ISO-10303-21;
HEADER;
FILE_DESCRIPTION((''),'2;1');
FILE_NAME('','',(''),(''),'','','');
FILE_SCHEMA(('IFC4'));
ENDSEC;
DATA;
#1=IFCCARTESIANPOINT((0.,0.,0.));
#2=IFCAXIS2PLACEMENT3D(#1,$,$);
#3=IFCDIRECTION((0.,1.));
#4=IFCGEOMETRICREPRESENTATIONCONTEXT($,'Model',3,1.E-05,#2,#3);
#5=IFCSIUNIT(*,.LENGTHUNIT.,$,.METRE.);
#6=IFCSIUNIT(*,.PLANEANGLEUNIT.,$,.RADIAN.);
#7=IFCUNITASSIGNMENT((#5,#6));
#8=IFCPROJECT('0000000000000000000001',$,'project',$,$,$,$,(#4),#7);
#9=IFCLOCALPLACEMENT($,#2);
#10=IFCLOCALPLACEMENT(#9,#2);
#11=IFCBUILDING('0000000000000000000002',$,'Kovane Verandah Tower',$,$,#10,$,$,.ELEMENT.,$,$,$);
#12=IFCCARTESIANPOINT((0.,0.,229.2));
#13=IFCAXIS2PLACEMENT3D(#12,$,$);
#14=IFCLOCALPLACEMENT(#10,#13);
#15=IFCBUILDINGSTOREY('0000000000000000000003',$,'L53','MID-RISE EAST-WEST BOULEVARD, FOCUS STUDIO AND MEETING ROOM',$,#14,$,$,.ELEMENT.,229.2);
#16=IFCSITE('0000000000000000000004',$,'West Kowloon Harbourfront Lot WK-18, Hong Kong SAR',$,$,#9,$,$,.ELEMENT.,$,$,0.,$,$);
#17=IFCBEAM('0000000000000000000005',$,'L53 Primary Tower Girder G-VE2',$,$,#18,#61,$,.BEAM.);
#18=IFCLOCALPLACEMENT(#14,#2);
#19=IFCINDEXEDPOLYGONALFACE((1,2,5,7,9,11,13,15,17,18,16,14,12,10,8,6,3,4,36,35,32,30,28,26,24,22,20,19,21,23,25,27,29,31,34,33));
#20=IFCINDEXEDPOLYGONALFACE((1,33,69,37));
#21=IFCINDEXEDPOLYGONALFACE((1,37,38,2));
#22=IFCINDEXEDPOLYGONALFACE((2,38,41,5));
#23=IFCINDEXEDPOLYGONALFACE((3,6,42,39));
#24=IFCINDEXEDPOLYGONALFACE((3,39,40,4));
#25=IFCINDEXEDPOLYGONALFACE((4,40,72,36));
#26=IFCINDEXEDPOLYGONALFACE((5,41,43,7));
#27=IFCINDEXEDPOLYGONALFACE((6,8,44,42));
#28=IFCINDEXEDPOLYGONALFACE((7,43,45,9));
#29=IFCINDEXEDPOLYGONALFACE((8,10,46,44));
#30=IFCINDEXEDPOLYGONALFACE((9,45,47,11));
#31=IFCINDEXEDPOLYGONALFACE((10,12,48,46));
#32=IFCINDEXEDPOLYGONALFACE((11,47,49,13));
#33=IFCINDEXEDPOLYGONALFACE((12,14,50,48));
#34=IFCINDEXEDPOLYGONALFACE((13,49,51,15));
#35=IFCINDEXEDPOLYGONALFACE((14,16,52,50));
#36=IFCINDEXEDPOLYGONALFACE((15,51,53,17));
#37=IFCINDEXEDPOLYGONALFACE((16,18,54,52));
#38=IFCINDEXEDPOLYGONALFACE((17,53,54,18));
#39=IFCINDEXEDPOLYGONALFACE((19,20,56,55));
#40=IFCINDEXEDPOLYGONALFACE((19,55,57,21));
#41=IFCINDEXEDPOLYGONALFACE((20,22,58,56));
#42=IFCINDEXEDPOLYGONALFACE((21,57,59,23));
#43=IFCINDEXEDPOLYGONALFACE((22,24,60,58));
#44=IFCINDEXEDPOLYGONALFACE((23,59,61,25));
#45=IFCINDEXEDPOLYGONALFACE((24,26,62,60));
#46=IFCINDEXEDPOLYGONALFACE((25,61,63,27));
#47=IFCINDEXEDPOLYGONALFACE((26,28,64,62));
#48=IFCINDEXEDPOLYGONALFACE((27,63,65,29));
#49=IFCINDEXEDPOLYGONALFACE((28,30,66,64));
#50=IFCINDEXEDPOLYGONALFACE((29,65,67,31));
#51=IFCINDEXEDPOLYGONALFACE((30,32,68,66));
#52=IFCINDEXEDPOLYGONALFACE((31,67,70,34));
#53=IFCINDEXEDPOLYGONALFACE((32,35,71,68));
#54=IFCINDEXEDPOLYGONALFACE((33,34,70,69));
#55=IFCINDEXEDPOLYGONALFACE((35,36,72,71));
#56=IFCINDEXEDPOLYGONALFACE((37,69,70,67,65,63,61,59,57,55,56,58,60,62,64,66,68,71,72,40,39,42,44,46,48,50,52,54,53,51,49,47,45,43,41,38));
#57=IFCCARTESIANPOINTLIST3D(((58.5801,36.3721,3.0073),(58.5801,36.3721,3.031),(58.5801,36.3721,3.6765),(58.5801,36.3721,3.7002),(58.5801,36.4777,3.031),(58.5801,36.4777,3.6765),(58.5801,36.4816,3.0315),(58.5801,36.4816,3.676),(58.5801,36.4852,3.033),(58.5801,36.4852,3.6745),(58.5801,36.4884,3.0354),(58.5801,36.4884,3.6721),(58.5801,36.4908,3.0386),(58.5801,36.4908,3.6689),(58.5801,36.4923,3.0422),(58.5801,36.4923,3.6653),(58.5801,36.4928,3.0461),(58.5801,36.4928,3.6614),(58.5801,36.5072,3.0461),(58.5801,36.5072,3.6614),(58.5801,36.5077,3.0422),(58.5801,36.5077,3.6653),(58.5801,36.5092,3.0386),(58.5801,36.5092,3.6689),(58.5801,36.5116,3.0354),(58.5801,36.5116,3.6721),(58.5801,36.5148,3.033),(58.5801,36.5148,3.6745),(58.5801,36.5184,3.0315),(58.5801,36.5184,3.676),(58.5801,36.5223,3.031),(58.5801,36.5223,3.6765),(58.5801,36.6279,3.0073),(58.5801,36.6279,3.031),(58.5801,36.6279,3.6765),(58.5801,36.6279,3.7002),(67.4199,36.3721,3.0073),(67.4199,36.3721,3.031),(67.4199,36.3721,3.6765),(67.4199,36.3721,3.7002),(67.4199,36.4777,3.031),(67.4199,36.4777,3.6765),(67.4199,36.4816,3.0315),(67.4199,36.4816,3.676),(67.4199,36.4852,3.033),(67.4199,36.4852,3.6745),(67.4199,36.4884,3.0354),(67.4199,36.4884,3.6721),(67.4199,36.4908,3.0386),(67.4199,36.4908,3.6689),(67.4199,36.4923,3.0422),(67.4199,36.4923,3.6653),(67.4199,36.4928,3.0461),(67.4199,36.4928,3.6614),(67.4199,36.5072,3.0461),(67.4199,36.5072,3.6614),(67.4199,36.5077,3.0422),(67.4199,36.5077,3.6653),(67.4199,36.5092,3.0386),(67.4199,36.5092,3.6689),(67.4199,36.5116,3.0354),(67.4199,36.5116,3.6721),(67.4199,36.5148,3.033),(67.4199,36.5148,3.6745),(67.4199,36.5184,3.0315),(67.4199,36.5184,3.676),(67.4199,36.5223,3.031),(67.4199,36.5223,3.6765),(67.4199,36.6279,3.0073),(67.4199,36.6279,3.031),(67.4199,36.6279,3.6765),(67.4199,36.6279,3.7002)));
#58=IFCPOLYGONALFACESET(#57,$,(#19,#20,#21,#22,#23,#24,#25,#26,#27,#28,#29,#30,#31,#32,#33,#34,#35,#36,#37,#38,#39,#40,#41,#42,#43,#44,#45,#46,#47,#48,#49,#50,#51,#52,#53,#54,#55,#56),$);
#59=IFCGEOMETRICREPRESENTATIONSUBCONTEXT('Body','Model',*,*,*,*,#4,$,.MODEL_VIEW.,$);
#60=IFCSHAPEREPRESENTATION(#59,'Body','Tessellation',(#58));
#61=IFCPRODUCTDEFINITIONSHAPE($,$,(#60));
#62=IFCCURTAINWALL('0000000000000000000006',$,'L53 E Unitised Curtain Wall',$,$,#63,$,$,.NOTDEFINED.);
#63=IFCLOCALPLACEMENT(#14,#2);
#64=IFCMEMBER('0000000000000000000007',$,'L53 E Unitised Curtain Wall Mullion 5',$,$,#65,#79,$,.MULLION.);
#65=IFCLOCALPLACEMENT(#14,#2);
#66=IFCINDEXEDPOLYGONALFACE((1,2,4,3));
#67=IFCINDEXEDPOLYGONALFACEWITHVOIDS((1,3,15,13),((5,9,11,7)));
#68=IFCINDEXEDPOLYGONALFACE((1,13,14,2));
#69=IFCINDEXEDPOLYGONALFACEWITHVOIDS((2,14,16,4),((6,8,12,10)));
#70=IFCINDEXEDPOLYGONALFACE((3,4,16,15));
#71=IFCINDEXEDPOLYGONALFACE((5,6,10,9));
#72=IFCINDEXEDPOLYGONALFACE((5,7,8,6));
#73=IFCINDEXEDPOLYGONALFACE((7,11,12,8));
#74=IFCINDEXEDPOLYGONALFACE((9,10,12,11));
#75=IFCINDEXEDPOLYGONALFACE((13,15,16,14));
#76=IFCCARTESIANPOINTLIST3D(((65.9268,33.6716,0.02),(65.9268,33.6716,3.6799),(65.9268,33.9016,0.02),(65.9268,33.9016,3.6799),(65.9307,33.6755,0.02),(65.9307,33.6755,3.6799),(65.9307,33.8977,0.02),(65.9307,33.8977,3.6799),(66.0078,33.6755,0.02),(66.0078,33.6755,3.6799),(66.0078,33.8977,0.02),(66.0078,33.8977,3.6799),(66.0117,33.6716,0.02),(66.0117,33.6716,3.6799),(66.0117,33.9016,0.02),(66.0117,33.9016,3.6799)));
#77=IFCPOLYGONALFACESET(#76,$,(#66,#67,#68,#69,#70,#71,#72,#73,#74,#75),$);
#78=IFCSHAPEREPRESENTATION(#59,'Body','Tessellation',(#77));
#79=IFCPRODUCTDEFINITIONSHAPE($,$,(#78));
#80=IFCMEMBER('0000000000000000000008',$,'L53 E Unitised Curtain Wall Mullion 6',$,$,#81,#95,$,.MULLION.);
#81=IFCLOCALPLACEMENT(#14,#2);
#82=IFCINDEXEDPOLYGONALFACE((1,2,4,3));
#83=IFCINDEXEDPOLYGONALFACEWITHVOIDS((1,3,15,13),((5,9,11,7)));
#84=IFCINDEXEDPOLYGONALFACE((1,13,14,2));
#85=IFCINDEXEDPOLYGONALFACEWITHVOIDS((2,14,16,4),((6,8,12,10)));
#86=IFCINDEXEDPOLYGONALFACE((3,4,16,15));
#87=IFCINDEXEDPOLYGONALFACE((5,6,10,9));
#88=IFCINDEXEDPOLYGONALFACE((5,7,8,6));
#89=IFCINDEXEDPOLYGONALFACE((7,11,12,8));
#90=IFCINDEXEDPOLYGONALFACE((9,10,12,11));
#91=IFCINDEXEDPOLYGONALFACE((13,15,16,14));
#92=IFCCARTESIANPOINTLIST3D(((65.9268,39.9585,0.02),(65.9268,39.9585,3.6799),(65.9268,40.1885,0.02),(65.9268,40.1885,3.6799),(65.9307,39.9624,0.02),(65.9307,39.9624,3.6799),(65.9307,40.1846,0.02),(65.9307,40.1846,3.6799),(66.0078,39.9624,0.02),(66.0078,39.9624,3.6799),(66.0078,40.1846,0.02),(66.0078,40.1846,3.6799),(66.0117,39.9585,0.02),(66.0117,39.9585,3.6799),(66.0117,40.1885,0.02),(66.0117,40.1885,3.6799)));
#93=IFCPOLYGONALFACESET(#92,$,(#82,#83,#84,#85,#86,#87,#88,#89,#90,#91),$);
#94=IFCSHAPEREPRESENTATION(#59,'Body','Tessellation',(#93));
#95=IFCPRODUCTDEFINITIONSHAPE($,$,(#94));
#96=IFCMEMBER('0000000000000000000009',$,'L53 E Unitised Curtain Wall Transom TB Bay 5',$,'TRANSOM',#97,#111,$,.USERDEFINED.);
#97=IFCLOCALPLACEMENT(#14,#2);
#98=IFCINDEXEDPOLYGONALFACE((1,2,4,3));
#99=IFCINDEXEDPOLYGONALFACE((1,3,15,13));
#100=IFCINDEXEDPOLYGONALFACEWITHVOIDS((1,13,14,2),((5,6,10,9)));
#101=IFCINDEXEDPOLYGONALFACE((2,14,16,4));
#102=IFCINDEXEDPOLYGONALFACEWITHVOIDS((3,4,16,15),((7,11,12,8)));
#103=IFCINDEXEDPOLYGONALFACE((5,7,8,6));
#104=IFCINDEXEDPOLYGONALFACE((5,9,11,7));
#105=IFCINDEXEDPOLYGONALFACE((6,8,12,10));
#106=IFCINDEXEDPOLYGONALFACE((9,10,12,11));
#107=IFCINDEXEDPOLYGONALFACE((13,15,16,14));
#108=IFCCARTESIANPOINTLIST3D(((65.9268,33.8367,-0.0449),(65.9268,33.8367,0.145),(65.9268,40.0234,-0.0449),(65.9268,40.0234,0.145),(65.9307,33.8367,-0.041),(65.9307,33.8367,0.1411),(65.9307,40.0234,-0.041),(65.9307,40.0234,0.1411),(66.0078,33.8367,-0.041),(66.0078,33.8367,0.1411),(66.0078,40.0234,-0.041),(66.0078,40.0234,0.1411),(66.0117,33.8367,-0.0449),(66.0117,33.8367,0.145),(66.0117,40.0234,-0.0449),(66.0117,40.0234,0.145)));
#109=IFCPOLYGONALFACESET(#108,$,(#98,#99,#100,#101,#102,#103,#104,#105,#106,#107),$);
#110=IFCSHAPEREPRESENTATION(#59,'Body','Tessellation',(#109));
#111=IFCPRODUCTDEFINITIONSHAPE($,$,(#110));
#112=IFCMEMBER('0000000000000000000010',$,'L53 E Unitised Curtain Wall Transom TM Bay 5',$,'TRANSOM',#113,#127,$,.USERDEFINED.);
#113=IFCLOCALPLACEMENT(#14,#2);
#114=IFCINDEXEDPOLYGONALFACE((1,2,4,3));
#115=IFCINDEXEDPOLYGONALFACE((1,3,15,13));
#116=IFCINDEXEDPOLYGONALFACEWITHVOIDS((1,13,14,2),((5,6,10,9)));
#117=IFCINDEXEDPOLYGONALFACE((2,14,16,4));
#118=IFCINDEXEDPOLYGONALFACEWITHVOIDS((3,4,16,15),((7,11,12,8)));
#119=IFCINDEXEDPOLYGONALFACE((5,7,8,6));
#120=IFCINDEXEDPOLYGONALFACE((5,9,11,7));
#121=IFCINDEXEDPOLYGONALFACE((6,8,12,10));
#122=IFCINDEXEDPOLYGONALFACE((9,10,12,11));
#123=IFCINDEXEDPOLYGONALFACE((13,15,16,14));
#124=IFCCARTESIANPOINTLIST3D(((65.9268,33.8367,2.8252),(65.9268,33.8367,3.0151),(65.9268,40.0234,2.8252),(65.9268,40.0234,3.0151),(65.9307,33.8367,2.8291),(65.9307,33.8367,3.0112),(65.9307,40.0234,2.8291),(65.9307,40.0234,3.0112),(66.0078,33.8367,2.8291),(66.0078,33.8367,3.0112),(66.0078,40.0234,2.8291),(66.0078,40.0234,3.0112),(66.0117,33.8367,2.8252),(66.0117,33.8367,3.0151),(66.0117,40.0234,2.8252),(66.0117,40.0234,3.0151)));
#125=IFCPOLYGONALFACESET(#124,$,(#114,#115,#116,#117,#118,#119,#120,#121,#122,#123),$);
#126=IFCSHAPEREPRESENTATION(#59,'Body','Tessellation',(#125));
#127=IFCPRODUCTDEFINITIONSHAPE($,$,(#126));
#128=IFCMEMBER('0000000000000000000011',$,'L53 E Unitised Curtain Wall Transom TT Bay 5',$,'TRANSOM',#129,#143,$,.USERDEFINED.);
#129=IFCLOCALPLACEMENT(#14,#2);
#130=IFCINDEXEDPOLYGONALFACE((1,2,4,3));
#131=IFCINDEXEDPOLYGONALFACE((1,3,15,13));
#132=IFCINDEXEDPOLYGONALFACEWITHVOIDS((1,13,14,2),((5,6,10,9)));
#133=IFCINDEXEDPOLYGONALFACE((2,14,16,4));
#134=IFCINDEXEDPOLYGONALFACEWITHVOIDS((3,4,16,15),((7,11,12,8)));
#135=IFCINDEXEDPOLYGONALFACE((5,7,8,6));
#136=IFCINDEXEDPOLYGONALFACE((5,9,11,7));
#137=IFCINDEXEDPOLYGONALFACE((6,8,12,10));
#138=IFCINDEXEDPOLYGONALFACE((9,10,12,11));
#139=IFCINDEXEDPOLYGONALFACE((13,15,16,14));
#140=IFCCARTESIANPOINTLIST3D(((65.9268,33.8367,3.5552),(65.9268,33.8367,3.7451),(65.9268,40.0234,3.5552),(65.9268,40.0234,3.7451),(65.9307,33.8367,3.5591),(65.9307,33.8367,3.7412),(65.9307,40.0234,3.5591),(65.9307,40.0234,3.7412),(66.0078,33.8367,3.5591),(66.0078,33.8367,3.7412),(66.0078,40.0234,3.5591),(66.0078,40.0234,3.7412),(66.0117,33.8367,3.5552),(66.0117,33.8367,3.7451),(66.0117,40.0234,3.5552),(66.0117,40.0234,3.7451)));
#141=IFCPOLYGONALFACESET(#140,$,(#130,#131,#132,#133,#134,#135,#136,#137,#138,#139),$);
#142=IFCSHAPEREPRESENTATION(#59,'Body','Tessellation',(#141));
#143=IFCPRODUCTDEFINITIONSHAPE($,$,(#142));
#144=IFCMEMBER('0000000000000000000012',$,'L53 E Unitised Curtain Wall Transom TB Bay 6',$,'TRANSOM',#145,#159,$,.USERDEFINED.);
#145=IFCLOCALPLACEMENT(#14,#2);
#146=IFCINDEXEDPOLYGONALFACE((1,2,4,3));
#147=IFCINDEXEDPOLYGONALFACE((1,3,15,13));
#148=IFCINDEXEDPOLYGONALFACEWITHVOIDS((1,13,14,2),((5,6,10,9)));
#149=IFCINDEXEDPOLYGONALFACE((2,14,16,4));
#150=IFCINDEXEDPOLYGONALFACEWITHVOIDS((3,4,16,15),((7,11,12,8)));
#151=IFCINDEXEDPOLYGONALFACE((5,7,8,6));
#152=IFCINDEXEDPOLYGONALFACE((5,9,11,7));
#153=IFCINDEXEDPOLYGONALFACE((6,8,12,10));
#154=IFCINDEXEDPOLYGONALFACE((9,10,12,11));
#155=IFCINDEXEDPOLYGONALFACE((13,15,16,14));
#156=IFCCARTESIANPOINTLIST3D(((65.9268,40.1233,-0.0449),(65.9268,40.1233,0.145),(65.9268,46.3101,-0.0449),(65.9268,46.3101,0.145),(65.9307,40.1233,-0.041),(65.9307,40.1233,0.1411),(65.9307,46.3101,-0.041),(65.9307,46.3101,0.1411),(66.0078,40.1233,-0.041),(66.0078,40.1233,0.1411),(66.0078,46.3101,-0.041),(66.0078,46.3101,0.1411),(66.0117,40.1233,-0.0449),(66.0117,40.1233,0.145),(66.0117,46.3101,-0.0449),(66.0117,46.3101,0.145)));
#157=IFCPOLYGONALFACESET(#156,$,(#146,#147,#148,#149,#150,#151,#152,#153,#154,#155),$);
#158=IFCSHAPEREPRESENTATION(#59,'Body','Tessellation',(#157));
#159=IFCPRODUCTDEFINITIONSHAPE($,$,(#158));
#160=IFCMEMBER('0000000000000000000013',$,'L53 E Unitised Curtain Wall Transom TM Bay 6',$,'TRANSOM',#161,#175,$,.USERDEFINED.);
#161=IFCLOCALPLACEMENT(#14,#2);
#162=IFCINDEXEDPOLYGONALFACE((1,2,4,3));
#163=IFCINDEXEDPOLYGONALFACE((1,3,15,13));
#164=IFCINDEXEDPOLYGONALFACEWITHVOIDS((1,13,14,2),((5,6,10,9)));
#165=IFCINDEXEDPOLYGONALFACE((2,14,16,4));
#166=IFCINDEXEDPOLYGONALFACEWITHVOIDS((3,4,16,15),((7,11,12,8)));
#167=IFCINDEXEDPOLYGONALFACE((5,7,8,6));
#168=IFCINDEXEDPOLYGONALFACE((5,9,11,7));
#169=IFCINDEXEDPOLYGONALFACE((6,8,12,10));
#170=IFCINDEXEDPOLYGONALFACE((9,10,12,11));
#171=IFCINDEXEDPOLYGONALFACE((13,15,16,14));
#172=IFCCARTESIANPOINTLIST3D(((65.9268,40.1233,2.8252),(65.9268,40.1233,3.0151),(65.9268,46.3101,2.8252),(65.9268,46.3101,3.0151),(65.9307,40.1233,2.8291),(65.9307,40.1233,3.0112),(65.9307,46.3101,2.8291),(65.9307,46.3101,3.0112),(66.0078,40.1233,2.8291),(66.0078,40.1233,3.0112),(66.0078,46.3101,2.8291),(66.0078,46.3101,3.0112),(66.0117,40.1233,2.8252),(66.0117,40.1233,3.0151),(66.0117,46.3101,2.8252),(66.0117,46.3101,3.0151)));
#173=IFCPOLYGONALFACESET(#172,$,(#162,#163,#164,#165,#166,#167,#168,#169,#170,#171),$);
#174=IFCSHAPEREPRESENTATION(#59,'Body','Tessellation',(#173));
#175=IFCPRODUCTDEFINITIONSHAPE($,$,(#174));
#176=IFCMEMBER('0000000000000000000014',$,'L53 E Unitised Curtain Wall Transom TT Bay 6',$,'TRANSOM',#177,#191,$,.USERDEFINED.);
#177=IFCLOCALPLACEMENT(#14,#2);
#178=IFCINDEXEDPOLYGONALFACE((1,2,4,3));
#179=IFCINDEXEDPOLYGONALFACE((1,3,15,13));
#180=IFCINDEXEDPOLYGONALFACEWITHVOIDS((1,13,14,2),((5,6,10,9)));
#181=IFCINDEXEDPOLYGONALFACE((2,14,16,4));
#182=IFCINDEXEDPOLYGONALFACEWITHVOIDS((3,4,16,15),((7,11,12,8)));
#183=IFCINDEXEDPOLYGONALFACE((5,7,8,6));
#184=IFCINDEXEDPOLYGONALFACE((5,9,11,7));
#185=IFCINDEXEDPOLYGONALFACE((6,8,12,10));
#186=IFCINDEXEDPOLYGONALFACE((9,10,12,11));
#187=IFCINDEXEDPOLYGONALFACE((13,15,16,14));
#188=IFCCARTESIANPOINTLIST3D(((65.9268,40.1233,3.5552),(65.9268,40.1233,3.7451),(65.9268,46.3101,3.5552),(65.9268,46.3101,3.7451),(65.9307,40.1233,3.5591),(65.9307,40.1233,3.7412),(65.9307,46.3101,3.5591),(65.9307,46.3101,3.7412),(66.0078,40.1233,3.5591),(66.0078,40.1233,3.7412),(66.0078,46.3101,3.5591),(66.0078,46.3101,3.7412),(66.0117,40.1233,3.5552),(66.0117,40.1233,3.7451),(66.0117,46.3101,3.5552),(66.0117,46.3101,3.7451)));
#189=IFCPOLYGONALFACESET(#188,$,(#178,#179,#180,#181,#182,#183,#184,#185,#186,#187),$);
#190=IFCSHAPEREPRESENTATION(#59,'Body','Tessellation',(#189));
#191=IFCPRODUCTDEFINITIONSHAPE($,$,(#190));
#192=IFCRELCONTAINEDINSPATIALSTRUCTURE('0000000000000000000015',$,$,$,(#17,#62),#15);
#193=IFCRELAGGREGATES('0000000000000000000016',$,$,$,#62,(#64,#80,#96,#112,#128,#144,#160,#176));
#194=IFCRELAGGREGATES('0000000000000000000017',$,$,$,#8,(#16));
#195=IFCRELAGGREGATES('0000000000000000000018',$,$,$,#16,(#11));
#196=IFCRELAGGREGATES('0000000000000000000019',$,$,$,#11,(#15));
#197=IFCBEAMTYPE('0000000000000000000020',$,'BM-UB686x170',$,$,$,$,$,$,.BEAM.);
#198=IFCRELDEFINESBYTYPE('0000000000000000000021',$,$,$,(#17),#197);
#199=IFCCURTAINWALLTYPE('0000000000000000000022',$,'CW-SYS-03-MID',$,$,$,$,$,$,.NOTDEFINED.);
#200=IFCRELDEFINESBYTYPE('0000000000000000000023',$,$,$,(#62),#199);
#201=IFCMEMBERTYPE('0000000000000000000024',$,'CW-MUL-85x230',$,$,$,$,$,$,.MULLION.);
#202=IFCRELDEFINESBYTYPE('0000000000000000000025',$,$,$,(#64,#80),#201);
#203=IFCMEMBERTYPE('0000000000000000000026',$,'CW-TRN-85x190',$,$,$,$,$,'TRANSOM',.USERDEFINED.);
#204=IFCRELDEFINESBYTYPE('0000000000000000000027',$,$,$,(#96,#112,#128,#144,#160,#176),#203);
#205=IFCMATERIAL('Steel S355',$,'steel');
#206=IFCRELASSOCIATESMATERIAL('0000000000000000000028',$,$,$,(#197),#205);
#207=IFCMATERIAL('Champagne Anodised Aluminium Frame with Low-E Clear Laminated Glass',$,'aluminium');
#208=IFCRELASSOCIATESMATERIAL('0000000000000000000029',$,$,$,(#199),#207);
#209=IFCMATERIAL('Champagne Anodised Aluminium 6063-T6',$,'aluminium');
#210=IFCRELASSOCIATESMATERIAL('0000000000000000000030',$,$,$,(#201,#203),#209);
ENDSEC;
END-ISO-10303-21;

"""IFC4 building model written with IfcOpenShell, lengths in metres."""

from ifc_helpers import new_model, si_unit, direction, frame, origin, origin_2d, place, context, subcontext, project, spatial, hollow_rectangle, i_section, extrude, material, material_profile, profile_set, type_object, element, aggregate, save


model = new_model("IFC4")

# Units and contexts
model_context = context("Model", 3, precision=1e-05, world=origin(), true_north=direction((0.0, 1.0)))
body_context = subcontext(model_context, "Body", "Model", "MODEL_VIEW")
ifc_project = project(units=[si_unit("LENGTHUNIT", "METRE"), si_unit("PLANEANGLEUNIT", "RADIAN")], contexts=[model_context])

# Site, building, storey
site_placement = place(None, origin())
site = spatial("IfcSite", under=ifc_project, at=site_placement, Name="West Kowloon Harbourfront Lot WK-18, Hong Kong SAR", CompositionType="ELEMENT", RefElevation=0.0)
building_placement = place(site_placement, origin())
building = spatial("IfcBuilding", under=site, at=building_placement, Name="Kovane Verandah Tower", CompositionType="ELEMENT")
storey_placement = place(building_placement, frame((0.0, 0.0, 229.2)))
storey = spatial("IfcBuildingStorey", under=building, at=storey_placement, Name="L53", Description="MID-RISE EAST-WEST BOULEVARD, FOCUS STUDIO AND MEETING ROOM", CompositionType="ELEMENT", Elevation=229.2)

# Beam
ifc_material_1 = material(Name="Steel S355", Category="steel")
ifc_material_profile_1 = material_profile(ifc_material_1, i_section(OverallWidth=0.2559, OverallDepth=0.6929, WebThickness=0.0144, FlangeThickness=0.0237, FilletRadius=0.0151, at=origin_2d()), Name="UB686x254x170")
ifc_profile_set_1 = profile_set([ifc_material_profile_1], Name="Steel S355")
beam_type_1 = type_object("IfcBeamType", Name="BM-UB686x170", PredefinedType="BEAM", material=ifc_profile_set_1)
beam_1_placement = place(storey_placement, frame((58.5801, 36.5, 3.3538), z_axis=(1.0, 0.0, 0.0), x_axis=(0.0, 1.0, 0.0)))
element("IfcBeam", 1, at=beam_1_placement, inside=storey, type_object=beam_type_1, Name="L53 Primary Tower Girder G-VE2", PredefinedType="BEAM", context=body_context, shape_type="SweptSolid", body=[
    extrude(i_section(OverallWidth=0.2559, OverallDepth=0.6929, WebThickness=0.0144, FlangeThickness=0.0237, FilletRadius=0.0151, at=origin_2d()), origin(), (0.0, 0.0, 1.0), 8.8398),
])

# Curtain wall, members
ifc_material_2 = material(Name="Champagne Anodised Aluminium Frame with Low-E Clear Laminated Glass", Category="aluminium")
curtain_wall_type = type_object("IfcCurtainWallType", Name="CW-SYS-03-MID", PredefinedType="NOTDEFINED", material=ifc_material_2)
curtain_wall_placement = place(storey_placement, origin())
curtain_wall = element("IfcCurtainWall", 2, at=curtain_wall_placement, inside=storey, type_object=curtain_wall_type, Name="L53 E Unitised Curtain Wall", PredefinedType="NOTDEFINED")
ifc_material_3 = material(Name="Champagne Anodised Aluminium 6063-T6", Category="aluminium")
ifc_material_profile_2 = material_profile(ifc_material_3, hollow_rectangle(XDim=0.085, YDim=0.23, WallThickness=0.0039, at=origin_2d()), Name="AL85x230x4")
ifc_profile_set_2 = profile_set([ifc_material_profile_2], Name="Champagne Anodised Aluminium 6063-T6")
member_type_1 = type_object("IfcMemberType", Name="CW-MUL-85x230", PredefinedType="MULLION", material=ifc_profile_set_2)
member_1_placement = place(storey_placement, frame((65.9692, 33.7866, 0.02), z_axis=(0.0, 0.0, 1.0), x_axis=(1.0, 0.0, 0.0)))
member_1 = element("IfcMember", 3, at=member_1_placement, type_object=member_type_1, Name="L53 E Unitised Curtain Wall Mullion 5", PredefinedType="MULLION", context=body_context, shape_type="SweptSolid", body=[
    extrude(hollow_rectangle(XDim=0.085, YDim=0.23, WallThickness=0.0039, at=origin_2d()), origin(), (0.0, 0.0, 1.0), 3.6599),
])
member_2_placement = place(storey_placement, frame((65.9692, 40.0735, 0.02), z_axis=(0.0, 0.0, 1.0), x_axis=(1.0, 0.0, 0.0)))
member_2 = element("IfcMember", 4, at=member_2_placement, type_object=member_type_1, Name="L53 E Unitised Curtain Wall Mullion 6", PredefinedType="MULLION", context=body_context, shape_type="SweptSolid", body=[
    extrude(hollow_rectangle(XDim=0.085, YDim=0.23, WallThickness=0.0039, at=origin_2d()), origin(), (0.0, 0.0, 1.0), 3.6599),
])
ifc_material_profile_3 = material_profile(ifc_material_3, hollow_rectangle(XDim=0.085, YDim=0.1899, WallThickness=0.0039, at=origin_2d()), Name="AL85x190x4")
ifc_profile_set_3 = profile_set([ifc_material_profile_3], Name="Champagne Anodised Aluminium 6063-T6")
member_type_2 = type_object("IfcMemberType", Name="CW-TRN-85x190", ElementType="TRANSOM", PredefinedType="USERDEFINED", material=ifc_profile_set_3)
member_3_placement = place(storey_placement, frame((65.9692, 33.8367, 0.05), z_axis=(0.0, 1.0, 0.0), x_axis=(-1.0, 0.0, 0.0)))
member_3 = element("IfcMember", 5, at=member_3_placement, type_object=member_type_2, Name="L53 E Unitised Curtain Wall Transom TB Bay 5", ObjectType="TRANSOM", PredefinedType="USERDEFINED", context=body_context, shape_type="SweptSolid", body=[
    extrude(hollow_rectangle(XDim=0.085, YDim=0.1899, WallThickness=0.0039, at=origin_2d()), origin(), (0.0, 0.0, 1.0), 6.1868),
])
member_4_placement = place(storey_placement, frame((65.9692, 33.8367, 2.9202), z_axis=(0.0, 1.0, 0.0), x_axis=(-1.0, 0.0, 0.0)))
member_4 = element("IfcMember", 6, at=member_4_placement, type_object=member_type_2, Name="L53 E Unitised Curtain Wall Transom TM Bay 5", ObjectType="TRANSOM", PredefinedType="USERDEFINED", context=body_context, shape_type="SweptSolid", body=[
    extrude(hollow_rectangle(XDim=0.085, YDim=0.1899, WallThickness=0.0039, at=origin_2d()), origin(), (0.0, 0.0, 1.0), 6.1868),
])
member_5_placement = place(storey_placement, frame((65.9692, 33.8367, 3.6501), z_axis=(0.0, 1.0, 0.0), x_axis=(-1.0, 0.0, 0.0)))
member_5 = element("IfcMember", 7, at=member_5_placement, type_object=member_type_2, Name="L53 E Unitised Curtain Wall Transom TT Bay 5", ObjectType="TRANSOM", PredefinedType="USERDEFINED", context=body_context, shape_type="SweptSolid", body=[
    extrude(hollow_rectangle(XDim=0.085, YDim=0.1899, WallThickness=0.0039, at=origin_2d()), origin(), (0.0, 0.0, 1.0), 6.1868),
])
member_6_placement = place(storey_placement, frame((65.9692, 40.1233, 0.05), z_axis=(0.0, 1.0, 0.0), x_axis=(-1.0, 0.0, 0.0)))
member_6 = element("IfcMember", 8, at=member_6_placement, type_object=member_type_2, Name="L53 E Unitised Curtain Wall Transom TB Bay 6", ObjectType="TRANSOM", PredefinedType="USERDEFINED", context=body_context, shape_type="SweptSolid", body=[
    extrude(hollow_rectangle(XDim=0.085, YDim=0.1899, WallThickness=0.0039, at=origin_2d()), origin(), (0.0, 0.0, 1.0), 6.1868),
])
member_7_placement = place(storey_placement, frame((65.9692, 40.1233, 2.9202), z_axis=(0.0, 1.0, 0.0), x_axis=(-1.0, 0.0, 0.0)))
member_7 = element("IfcMember", 9, at=member_7_placement, type_object=member_type_2, Name="L53 E Unitised Curtain Wall Transom TM Bay 6", ObjectType="TRANSOM", PredefinedType="USERDEFINED", context=body_context, shape_type="SweptSolid", body=[
    extrude(hollow_rectangle(XDim=0.085, YDim=0.1899, WallThickness=0.0039, at=origin_2d()), origin(), (0.0, 0.0, 1.0), 6.1868),
])
member_8_placement = place(storey_placement, frame((65.9692, 40.1233, 3.6501), z_axis=(0.0, 1.0, 0.0), x_axis=(-1.0, 0.0, 0.0)))
member_8 = element("IfcMember", 10, at=member_8_placement, type_object=member_type_2, Name="L53 E Unitised Curtain Wall Transom TT Bay 6", ObjectType="TRANSOM", PredefinedType="USERDEFINED", context=body_context, shape_type="SweptSolid", body=[
    extrude(hollow_rectangle(XDim=0.085, YDim=0.1899, WallThickness=0.0039, at=origin_2d()), origin(), (0.0, 0.0, 1.0), 6.1868),
])

aggregate(curtain_wall, [member_1, member_2, member_3, member_4, member_5, member_6, member_7, member_8])

save(model, "model.ifc")
